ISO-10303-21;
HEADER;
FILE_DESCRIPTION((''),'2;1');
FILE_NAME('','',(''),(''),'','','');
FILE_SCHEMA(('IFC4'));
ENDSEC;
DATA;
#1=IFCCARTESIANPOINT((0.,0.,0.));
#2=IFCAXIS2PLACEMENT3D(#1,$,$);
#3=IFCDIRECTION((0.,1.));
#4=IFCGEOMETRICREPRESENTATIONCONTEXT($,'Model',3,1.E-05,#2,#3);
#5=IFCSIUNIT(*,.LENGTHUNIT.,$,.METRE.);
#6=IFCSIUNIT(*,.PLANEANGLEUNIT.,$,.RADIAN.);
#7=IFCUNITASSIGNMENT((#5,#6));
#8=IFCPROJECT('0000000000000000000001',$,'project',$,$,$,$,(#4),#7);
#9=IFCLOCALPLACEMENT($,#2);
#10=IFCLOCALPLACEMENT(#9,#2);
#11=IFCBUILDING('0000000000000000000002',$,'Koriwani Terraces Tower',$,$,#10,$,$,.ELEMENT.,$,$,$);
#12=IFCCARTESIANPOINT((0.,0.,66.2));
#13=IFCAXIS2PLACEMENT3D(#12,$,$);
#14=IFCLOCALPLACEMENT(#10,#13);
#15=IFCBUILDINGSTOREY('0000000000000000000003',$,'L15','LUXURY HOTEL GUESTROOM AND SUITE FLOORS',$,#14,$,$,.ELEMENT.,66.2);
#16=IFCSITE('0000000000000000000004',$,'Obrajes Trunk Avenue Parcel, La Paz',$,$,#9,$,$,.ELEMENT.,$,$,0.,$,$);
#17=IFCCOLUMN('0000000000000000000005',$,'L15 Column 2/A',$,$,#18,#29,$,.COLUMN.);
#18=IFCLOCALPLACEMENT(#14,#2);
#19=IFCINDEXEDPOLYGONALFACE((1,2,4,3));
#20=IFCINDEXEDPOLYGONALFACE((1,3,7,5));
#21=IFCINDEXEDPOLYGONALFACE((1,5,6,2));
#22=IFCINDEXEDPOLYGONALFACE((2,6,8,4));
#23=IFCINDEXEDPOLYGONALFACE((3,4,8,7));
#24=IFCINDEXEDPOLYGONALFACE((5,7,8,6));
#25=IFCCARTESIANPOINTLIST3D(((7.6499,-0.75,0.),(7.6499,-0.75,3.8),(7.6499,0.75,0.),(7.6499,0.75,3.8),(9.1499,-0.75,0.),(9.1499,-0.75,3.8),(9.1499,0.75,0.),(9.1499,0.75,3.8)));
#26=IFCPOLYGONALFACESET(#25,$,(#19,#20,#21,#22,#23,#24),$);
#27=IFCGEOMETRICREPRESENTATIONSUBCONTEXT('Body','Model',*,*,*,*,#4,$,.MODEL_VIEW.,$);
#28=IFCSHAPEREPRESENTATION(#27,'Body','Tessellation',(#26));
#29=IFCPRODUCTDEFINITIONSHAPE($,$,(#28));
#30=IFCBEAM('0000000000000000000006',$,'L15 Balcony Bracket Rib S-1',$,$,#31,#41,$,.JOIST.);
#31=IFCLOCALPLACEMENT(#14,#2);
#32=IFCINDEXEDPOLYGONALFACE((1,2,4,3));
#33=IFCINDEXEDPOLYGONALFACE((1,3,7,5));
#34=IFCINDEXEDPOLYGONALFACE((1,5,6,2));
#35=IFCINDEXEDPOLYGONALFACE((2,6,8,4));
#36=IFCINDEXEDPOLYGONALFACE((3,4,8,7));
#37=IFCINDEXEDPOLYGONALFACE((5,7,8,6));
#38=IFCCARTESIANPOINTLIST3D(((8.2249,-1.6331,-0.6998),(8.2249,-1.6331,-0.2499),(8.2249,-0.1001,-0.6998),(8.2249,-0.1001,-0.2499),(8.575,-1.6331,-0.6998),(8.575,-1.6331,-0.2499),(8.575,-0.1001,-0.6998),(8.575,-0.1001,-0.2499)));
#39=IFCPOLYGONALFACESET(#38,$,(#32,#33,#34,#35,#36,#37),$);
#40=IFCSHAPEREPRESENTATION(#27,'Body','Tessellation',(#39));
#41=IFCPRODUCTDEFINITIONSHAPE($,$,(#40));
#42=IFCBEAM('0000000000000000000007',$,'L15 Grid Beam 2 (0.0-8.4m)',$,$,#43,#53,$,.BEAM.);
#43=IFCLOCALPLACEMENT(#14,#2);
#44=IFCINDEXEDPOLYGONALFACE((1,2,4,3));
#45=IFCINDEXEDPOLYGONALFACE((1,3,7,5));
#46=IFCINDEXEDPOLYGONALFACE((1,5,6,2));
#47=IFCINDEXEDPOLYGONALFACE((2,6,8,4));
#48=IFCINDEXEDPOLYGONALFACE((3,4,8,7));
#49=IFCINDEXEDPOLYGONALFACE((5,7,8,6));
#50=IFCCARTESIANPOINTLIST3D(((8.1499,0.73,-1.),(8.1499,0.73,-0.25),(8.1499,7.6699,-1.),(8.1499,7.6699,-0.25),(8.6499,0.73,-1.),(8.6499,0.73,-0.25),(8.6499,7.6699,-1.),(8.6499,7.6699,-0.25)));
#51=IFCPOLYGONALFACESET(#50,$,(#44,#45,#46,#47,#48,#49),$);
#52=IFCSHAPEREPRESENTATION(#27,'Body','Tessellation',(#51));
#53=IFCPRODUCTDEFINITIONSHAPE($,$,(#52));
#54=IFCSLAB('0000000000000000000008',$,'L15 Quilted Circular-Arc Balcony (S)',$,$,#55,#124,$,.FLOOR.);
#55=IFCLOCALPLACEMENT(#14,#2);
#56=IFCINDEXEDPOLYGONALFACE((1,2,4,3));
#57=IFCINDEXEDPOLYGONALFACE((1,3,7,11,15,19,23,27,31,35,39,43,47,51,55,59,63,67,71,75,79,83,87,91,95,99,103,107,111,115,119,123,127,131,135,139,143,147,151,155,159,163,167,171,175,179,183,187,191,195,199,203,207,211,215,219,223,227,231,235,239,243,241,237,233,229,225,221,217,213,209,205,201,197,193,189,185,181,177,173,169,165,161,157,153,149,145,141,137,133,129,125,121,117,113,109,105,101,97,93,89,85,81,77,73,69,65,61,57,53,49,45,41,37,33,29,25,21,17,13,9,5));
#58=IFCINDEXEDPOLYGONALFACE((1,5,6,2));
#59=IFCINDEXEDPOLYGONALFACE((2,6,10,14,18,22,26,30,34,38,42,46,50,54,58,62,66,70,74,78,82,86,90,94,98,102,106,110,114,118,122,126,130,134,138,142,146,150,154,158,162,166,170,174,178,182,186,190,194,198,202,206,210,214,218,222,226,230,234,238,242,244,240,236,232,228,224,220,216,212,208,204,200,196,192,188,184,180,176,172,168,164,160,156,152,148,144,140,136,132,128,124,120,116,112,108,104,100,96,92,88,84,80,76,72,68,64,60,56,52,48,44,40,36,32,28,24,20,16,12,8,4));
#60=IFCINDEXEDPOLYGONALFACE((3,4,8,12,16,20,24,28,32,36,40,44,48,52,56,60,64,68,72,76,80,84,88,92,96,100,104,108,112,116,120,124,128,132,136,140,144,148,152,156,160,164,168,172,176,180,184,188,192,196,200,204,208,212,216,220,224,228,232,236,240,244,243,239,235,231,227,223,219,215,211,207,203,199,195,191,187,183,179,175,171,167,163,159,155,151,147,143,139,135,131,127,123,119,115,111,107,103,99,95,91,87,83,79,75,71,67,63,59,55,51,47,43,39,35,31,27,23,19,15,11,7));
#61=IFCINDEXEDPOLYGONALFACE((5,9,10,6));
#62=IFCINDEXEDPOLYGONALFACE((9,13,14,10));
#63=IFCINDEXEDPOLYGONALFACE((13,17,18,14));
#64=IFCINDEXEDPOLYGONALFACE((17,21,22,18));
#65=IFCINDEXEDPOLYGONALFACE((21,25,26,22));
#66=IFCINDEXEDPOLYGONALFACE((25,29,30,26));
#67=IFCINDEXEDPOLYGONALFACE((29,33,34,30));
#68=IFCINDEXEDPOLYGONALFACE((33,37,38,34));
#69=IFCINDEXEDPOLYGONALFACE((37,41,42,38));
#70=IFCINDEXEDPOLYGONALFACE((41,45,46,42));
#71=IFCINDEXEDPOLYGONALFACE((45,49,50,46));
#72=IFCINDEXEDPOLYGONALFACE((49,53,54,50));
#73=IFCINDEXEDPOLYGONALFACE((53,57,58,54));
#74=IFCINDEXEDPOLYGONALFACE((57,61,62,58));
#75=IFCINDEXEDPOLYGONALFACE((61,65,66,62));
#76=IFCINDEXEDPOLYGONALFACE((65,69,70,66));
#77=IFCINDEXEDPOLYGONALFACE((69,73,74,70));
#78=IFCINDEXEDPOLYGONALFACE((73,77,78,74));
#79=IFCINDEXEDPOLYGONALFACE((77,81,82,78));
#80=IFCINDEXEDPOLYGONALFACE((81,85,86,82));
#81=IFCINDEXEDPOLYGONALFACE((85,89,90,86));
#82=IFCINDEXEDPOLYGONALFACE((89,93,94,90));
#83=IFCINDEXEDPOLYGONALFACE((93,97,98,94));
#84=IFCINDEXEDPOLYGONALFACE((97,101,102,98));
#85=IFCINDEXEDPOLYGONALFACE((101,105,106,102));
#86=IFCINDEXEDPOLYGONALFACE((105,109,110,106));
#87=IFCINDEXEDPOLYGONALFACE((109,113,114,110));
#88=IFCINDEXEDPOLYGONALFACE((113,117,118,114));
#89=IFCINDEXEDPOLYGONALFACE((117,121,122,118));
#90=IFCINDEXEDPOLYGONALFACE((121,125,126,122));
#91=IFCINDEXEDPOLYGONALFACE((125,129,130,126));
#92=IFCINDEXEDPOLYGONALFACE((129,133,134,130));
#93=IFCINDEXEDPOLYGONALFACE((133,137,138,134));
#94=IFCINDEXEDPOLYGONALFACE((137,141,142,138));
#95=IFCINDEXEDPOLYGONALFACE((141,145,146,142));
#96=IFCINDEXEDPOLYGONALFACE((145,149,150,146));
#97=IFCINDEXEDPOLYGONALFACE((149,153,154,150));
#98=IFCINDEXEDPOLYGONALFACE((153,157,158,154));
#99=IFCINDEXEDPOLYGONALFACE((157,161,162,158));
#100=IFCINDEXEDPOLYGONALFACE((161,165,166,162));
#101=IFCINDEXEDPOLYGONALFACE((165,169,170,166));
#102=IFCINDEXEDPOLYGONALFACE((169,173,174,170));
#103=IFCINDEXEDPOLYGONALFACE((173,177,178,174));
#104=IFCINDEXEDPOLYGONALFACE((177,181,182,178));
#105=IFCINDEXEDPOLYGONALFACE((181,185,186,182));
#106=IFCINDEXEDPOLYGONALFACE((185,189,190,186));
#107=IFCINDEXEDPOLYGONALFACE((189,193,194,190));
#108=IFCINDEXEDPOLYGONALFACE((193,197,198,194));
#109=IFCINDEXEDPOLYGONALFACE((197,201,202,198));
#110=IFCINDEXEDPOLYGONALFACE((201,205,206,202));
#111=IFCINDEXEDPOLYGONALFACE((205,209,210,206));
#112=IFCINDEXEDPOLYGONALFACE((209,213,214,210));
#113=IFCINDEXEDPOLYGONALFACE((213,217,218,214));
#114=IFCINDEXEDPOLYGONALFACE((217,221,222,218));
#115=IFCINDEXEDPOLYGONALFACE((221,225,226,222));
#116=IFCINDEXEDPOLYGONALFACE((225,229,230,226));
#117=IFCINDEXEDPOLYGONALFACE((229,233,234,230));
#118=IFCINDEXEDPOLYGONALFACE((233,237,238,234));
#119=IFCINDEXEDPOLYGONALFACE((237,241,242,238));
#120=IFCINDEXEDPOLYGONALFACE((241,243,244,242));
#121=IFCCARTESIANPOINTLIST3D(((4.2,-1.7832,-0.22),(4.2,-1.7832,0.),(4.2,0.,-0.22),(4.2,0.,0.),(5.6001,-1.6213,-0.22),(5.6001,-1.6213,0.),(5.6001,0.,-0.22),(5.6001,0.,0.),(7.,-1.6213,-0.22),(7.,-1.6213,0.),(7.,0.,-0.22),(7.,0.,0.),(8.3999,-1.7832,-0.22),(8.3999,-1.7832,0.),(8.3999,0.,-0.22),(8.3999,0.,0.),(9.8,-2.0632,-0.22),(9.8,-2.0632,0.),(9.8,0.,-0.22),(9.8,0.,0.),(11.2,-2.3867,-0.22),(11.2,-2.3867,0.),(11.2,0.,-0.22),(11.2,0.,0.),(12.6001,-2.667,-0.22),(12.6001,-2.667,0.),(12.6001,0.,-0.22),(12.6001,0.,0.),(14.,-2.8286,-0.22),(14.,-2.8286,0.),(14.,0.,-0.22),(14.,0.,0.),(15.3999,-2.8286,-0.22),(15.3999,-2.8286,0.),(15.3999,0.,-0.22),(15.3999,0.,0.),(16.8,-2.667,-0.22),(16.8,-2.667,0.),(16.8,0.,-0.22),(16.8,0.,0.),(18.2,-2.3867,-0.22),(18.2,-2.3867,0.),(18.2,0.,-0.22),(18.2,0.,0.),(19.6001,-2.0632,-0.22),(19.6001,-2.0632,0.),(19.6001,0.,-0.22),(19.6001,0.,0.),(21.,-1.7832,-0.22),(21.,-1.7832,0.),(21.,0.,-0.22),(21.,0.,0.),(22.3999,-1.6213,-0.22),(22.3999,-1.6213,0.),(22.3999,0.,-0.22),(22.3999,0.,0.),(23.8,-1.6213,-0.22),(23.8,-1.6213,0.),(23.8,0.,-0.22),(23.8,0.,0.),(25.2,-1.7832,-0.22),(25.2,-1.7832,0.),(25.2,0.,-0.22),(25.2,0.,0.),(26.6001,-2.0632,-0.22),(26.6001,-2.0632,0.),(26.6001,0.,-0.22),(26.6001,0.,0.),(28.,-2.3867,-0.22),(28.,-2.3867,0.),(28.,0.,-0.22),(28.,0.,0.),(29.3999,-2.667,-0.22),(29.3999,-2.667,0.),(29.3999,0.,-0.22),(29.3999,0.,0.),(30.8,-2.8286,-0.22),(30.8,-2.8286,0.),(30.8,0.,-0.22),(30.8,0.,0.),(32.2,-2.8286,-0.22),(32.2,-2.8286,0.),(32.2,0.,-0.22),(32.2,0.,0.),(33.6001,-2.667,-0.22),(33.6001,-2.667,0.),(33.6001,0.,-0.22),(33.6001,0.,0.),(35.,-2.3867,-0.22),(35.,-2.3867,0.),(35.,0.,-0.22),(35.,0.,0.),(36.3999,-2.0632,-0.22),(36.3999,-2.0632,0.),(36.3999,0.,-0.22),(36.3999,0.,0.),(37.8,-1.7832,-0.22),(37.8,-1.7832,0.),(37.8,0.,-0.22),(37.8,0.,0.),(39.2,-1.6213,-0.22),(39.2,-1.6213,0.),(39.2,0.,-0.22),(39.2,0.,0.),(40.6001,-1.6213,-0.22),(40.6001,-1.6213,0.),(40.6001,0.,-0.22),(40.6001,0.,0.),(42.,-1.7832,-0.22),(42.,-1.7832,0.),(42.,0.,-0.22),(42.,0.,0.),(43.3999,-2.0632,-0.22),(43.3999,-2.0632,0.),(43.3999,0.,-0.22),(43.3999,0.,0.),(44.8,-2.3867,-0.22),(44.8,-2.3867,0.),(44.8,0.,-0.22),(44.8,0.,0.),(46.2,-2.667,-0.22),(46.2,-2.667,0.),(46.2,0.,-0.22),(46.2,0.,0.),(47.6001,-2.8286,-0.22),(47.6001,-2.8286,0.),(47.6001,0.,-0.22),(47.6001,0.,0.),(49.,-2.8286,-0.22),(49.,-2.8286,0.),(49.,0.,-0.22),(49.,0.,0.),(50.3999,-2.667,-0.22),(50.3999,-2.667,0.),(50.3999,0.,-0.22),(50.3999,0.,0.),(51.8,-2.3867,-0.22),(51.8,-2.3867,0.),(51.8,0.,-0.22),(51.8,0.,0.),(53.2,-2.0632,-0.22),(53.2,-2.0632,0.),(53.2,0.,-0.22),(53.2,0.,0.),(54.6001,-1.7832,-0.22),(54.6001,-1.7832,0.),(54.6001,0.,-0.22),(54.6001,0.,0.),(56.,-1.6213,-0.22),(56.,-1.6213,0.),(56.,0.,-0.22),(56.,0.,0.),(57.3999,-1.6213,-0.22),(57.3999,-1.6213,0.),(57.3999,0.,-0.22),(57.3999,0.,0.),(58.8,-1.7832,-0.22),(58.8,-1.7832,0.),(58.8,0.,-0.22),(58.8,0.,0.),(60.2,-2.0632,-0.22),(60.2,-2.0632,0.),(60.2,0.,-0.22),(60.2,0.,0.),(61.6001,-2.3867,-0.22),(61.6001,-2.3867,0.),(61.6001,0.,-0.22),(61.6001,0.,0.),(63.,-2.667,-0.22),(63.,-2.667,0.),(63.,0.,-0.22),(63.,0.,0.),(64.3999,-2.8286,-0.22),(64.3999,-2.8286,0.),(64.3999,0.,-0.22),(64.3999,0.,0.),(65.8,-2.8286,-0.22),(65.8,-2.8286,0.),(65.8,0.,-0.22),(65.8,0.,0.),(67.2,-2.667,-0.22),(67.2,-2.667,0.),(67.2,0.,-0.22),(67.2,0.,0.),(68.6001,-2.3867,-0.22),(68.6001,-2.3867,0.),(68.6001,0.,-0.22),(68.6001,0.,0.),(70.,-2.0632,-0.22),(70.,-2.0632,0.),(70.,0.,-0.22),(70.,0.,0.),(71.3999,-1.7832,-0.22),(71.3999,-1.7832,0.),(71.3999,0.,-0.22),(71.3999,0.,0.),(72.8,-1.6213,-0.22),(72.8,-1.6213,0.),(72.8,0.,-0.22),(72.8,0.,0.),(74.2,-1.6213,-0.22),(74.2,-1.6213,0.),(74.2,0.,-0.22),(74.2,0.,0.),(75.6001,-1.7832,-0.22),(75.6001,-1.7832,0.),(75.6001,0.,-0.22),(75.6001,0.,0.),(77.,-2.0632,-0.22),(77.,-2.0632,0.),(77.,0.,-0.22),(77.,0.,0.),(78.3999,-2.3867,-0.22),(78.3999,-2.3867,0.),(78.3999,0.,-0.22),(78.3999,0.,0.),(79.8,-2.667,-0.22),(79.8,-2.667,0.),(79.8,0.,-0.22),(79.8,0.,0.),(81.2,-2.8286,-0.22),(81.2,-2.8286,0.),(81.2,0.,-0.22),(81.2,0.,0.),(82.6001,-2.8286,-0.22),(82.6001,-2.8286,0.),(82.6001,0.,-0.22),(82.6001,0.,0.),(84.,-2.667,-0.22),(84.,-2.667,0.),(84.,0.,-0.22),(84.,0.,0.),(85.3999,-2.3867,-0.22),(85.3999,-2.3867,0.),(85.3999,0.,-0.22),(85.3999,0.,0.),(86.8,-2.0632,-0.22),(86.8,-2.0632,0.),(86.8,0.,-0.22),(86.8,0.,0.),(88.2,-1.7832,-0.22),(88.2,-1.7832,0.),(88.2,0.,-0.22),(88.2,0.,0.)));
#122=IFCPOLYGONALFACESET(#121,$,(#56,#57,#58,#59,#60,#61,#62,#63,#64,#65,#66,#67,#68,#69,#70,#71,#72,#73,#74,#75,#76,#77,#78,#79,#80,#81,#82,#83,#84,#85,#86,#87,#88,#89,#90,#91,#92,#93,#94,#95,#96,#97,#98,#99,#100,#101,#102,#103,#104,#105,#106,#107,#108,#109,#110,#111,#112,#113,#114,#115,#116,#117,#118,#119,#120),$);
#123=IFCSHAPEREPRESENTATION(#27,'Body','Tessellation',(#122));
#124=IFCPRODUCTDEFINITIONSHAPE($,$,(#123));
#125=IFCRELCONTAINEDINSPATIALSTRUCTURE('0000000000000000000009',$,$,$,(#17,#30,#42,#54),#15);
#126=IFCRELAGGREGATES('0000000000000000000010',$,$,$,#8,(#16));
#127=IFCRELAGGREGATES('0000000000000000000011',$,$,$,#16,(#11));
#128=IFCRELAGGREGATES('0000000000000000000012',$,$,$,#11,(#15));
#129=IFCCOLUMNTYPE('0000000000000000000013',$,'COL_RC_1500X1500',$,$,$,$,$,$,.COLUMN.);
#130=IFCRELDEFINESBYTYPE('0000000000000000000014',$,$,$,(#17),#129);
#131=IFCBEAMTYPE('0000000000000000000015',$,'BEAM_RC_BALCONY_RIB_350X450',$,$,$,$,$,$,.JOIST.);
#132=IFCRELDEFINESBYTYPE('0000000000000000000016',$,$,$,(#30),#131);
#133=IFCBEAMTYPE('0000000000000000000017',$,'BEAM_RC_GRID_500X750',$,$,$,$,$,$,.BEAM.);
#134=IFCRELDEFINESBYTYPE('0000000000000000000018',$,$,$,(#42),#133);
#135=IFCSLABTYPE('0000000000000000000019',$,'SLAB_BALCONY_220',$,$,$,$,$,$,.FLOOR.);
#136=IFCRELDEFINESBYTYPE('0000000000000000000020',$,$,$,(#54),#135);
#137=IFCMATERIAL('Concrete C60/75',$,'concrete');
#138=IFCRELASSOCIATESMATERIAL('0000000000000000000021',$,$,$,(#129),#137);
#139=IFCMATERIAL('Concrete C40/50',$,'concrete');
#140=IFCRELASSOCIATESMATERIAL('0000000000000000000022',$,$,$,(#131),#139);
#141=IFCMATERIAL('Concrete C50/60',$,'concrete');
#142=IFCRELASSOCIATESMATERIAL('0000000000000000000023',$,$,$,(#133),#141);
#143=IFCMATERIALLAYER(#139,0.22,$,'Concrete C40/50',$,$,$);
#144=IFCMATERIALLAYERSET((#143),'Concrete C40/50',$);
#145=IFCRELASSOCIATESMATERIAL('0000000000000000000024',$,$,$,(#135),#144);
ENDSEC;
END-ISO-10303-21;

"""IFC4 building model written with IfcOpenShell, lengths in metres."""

from ifc_helpers import new_model, si_unit, direction, frame, origin, origin_2d, place, context, subcontext, project, spatial, polyline, rectangle, outline, extrude, material, layer, layer_set, material_profile, profile_set, type_object, element, save


model = new_model("IFC4")

# Units and contexts
model_context = context("Model", 3, precision=1e-05, world=origin(), true_north=direction((0.0, 1.0)))
body_context = subcontext(model_context, "Body", "Model", "MODEL_VIEW")
ifc_project = project(units=[si_unit("LENGTHUNIT", "METRE"), si_unit("PLANEANGLEUNIT", "RADIAN")], contexts=[model_context])

# Site, building, storey
site_placement = place(None, origin())
site = spatial("IfcSite", under=ifc_project, at=site_placement, Name="Obrajes Trunk Avenue Parcel, La Paz", CompositionType="ELEMENT", RefElevation=0.0)
building_placement = place(site_placement, origin())
building = spatial("IfcBuilding", under=site, at=building_placement, Name="Koriwani Terraces Tower", CompositionType="ELEMENT")
storey_placement = place(building_placement, frame((0.0, 0.0, 66.2)))
storey = spatial("IfcBuildingStorey", under=building, at=storey_placement, Name="L15", Description="LUXURY HOTEL GUESTROOM AND SUITE FLOORS", CompositionType="ELEMENT", Elevation=66.2)

# Column
ifc_material_1 = material(Name="Concrete C60/75", Category="concrete")
ifc_material_profile_1 = material_profile(ifc_material_1, rectangle(XDim=1.5, YDim=1.5, at=origin_2d()), Name="Concrete C60/75", Category="LoadBearing")
ifc_profile_set_1 = profile_set([ifc_material_profile_1], Name="Concrete C60/75")
column_type = type_object("IfcColumnType", Name="COL_RC_1500X1500", PredefinedType="COLUMN", material=ifc_profile_set_1)
column_placement = place(storey_placement, frame((8.3999, 0.0, 0.0), z_axis=(0.0, 0.0, 1.0), x_axis=(1.0, 0.0, 0.0)))
element("IfcColumn", 1, at=column_placement, inside=storey, type_object=column_type, Name="L15 Column 2/A", PredefinedType="COLUMN", context=body_context, shape_type="SweptSolid", body=[
    extrude(rectangle(XDim=1.5, YDim=1.5, at=origin_2d()), origin(), (0.0, 0.0, 1.0), 3.8),
])

# Beams
ifc_material_2 = material(Name="Concrete C40/50", Category="concrete")
ifc_material_profile_2 = material_profile(ifc_material_2, rectangle(XDim=0.3501, YDim=0.45, at=origin_2d()), Name="Concrete C40/50", Category="LoadBearing")
ifc_profile_set_2 = profile_set([ifc_material_profile_2], Name="Concrete C40/50")
beam_type_1 = type_object("IfcBeamType", Name="BEAM_RC_BALCONY_RIB_350X450", PredefinedType="JOIST", material=ifc_profile_set_2)
beam_1_placement = place(storey_placement, frame((8.3999, -1.6331, -0.4749), z_axis=(0.0, 1.0, 0.0), x_axis=(-1.0, 0.0, 0.0)))
element("IfcBeam", 2, at=beam_1_placement, inside=storey, type_object=beam_type_1, Name="L15 Balcony Bracket Rib S-1", PredefinedType="JOIST", context=body_context, shape_type="SweptSolid", body=[
    extrude(rectangle(XDim=0.3501, YDim=0.45, at=origin_2d()), origin(), (0.0, 0.0, 1.0), 1.533),
])
ifc_material_3 = material(Name="Concrete C50/60", Category="concrete")
ifc_material_profile_3 = material_profile(ifc_material_3, rectangle(XDim=0.5, YDim=0.75, at=origin_2d()), Name="Concrete C50/60", Category="LoadBearing")
ifc_profile_set_3 = profile_set([ifc_material_profile_3], Name="Concrete C50/60")
beam_type_2 = type_object("IfcBeamType", Name="BEAM_RC_GRID_500X750", PredefinedType="BEAM", material=ifc_profile_set_3)
beam_2_placement = place(storey_placement, frame((8.3999, 0.73, -0.625), z_axis=(0.0, 1.0, 0.0), x_axis=(-1.0, 0.0, 0.0)))
element("IfcBeam", 3, at=beam_2_placement, inside=storey, type_object=beam_type_2, Name="L15 Grid Beam 2 (0.0-8.4m)", PredefinedType="BEAM", context=body_context, shape_type="SweptSolid", body=[
    extrude(rectangle(XDim=0.5, YDim=0.75, at=origin_2d()), origin(), (0.0, 0.0, 1.0), 6.9399),
])

# Slab
ifc_layer_1 = layer(ifc_material_2, 0.22, Name="Concrete C40/50")
ifc_layer_set_1 = layer_set([ifc_layer_1], Name="Concrete C40/50")
slab_type_1 = type_object("IfcSlabType", Name="SLAB_BALCONY_220", PredefinedType="FLOOR", material=ifc_layer_set_1)
slab_1_placement = place(storey_placement, frame((0.0, 0.0, -0.22)))
element("IfcSlab", 4, at=slab_1_placement, inside=storey, type_object=slab_type_1, Name="L15 Quilted Circular-Arc Balcony (S)", PredefinedType="FLOOR", context=body_context, shape_type="SweptSolid", body=[
    extrude(outline(polyline([(4.2, 0.0), (5.6001, 0.0), (7.0, 0.0), (8.3999, 0.0), (9.8, 0.0), (11.2, 0.0), (12.6001, 0.0), (14.0, 0.0), (15.3999, 0.0), (16.8, 0.0), (18.2, 0.0), (19.6001, 0.0), (21.0, 0.0), (22.3999, 0.0), (23.8, 0.0), (25.2, 0.0), (26.6001, 0.0), (28.0, 0.0), (29.3999, 0.0), (30.8, 0.0), (32.2, 0.0), (33.6001, 0.0), (35.0, 0.0), (36.3999, 0.0), (37.8, 0.0), (39.2, 0.0), (40.6001, 0.0), (42.0, 0.0), (43.3999, 0.0), (44.8, 0.0), (46.2, 0.0), (47.6001, 0.0), (49.0, 0.0), (50.3999, 0.0), (51.8, 0.0), (53.2, 0.0), (54.6001, 0.0), (56.0, 0.0), (57.3999, 0.0), (58.8, 0.0), (60.2, 0.0), (61.6001, 0.0), (63.0, 0.0), (64.3999, 0.0), (65.8, 0.0), (67.2, 0.0), (68.6001, 0.0), (70.0, 0.0), (71.3999, 0.0), (72.8, 0.0), (74.2, 0.0), (75.6001, 0.0), (77.0, 0.0), (78.3999, 0.0), (79.8, 0.0), (81.2, 0.0), (82.6001, 0.0), (84.0, 0.0), (85.3999, 0.0), (86.8, 0.0), (88.2, 0.0), (88.2, -1.7832), (86.8, -2.0632), (85.3999, -2.3867), (84.0, -2.667), (82.6001, -2.8286), (81.2, -2.8286), (79.8, -2.667), (78.3999, -2.3867), (77.0, -2.0632), (75.6001, -1.7832), (74.2, -1.6213), (72.8, -1.6213), (71.3999, -1.7832), (70.0, -2.0632), (68.6001, -2.3867), (67.2, -2.667), (65.8, -2.8286), (64.3999, -2.8286), (63.0, -2.667), (61.6001, -2.3867), (60.2, -2.0632), (58.8, -1.7832), (57.3999, -1.6213), (56.0, -1.6213), (54.6001, -1.7832), (53.2, -2.0632), (51.8, -2.3867), (50.3999, -2.667), (49.0, -2.8286), (47.6001, -2.8286), (46.2, -2.667), (44.8, -2.3867), (43.3999, -2.0632), (42.0, -1.7832), (40.6001, -1.6213), (39.2, -1.6213), (37.8, -1.7832), (36.3999, -2.0632), (35.0, -2.3867), (33.6001, -2.667), (32.2, -2.8286), (30.8, -2.8286), (29.3999, -2.667), (28.0, -2.3867), (26.6001, -2.0632), (25.2, -1.7832), (23.8, -1.6213), (22.3999, -1.6213), (21.0, -1.7832), (19.6001, -2.0632), (18.2, -2.3867), (16.8, -2.667), (15.3999, -2.8286), (14.0, -2.8286), (12.6001, -2.667), (11.2, -2.3867), (9.8, -2.0632), (8.3999, -1.7832), (7.0, -1.6213), (5.6001, -1.6213), (4.2, -1.7832), (4.2, 0.0)])), origin(), (0.0, 0.0, 1.0), 0.22),
])

save(model, "model.ifc")
